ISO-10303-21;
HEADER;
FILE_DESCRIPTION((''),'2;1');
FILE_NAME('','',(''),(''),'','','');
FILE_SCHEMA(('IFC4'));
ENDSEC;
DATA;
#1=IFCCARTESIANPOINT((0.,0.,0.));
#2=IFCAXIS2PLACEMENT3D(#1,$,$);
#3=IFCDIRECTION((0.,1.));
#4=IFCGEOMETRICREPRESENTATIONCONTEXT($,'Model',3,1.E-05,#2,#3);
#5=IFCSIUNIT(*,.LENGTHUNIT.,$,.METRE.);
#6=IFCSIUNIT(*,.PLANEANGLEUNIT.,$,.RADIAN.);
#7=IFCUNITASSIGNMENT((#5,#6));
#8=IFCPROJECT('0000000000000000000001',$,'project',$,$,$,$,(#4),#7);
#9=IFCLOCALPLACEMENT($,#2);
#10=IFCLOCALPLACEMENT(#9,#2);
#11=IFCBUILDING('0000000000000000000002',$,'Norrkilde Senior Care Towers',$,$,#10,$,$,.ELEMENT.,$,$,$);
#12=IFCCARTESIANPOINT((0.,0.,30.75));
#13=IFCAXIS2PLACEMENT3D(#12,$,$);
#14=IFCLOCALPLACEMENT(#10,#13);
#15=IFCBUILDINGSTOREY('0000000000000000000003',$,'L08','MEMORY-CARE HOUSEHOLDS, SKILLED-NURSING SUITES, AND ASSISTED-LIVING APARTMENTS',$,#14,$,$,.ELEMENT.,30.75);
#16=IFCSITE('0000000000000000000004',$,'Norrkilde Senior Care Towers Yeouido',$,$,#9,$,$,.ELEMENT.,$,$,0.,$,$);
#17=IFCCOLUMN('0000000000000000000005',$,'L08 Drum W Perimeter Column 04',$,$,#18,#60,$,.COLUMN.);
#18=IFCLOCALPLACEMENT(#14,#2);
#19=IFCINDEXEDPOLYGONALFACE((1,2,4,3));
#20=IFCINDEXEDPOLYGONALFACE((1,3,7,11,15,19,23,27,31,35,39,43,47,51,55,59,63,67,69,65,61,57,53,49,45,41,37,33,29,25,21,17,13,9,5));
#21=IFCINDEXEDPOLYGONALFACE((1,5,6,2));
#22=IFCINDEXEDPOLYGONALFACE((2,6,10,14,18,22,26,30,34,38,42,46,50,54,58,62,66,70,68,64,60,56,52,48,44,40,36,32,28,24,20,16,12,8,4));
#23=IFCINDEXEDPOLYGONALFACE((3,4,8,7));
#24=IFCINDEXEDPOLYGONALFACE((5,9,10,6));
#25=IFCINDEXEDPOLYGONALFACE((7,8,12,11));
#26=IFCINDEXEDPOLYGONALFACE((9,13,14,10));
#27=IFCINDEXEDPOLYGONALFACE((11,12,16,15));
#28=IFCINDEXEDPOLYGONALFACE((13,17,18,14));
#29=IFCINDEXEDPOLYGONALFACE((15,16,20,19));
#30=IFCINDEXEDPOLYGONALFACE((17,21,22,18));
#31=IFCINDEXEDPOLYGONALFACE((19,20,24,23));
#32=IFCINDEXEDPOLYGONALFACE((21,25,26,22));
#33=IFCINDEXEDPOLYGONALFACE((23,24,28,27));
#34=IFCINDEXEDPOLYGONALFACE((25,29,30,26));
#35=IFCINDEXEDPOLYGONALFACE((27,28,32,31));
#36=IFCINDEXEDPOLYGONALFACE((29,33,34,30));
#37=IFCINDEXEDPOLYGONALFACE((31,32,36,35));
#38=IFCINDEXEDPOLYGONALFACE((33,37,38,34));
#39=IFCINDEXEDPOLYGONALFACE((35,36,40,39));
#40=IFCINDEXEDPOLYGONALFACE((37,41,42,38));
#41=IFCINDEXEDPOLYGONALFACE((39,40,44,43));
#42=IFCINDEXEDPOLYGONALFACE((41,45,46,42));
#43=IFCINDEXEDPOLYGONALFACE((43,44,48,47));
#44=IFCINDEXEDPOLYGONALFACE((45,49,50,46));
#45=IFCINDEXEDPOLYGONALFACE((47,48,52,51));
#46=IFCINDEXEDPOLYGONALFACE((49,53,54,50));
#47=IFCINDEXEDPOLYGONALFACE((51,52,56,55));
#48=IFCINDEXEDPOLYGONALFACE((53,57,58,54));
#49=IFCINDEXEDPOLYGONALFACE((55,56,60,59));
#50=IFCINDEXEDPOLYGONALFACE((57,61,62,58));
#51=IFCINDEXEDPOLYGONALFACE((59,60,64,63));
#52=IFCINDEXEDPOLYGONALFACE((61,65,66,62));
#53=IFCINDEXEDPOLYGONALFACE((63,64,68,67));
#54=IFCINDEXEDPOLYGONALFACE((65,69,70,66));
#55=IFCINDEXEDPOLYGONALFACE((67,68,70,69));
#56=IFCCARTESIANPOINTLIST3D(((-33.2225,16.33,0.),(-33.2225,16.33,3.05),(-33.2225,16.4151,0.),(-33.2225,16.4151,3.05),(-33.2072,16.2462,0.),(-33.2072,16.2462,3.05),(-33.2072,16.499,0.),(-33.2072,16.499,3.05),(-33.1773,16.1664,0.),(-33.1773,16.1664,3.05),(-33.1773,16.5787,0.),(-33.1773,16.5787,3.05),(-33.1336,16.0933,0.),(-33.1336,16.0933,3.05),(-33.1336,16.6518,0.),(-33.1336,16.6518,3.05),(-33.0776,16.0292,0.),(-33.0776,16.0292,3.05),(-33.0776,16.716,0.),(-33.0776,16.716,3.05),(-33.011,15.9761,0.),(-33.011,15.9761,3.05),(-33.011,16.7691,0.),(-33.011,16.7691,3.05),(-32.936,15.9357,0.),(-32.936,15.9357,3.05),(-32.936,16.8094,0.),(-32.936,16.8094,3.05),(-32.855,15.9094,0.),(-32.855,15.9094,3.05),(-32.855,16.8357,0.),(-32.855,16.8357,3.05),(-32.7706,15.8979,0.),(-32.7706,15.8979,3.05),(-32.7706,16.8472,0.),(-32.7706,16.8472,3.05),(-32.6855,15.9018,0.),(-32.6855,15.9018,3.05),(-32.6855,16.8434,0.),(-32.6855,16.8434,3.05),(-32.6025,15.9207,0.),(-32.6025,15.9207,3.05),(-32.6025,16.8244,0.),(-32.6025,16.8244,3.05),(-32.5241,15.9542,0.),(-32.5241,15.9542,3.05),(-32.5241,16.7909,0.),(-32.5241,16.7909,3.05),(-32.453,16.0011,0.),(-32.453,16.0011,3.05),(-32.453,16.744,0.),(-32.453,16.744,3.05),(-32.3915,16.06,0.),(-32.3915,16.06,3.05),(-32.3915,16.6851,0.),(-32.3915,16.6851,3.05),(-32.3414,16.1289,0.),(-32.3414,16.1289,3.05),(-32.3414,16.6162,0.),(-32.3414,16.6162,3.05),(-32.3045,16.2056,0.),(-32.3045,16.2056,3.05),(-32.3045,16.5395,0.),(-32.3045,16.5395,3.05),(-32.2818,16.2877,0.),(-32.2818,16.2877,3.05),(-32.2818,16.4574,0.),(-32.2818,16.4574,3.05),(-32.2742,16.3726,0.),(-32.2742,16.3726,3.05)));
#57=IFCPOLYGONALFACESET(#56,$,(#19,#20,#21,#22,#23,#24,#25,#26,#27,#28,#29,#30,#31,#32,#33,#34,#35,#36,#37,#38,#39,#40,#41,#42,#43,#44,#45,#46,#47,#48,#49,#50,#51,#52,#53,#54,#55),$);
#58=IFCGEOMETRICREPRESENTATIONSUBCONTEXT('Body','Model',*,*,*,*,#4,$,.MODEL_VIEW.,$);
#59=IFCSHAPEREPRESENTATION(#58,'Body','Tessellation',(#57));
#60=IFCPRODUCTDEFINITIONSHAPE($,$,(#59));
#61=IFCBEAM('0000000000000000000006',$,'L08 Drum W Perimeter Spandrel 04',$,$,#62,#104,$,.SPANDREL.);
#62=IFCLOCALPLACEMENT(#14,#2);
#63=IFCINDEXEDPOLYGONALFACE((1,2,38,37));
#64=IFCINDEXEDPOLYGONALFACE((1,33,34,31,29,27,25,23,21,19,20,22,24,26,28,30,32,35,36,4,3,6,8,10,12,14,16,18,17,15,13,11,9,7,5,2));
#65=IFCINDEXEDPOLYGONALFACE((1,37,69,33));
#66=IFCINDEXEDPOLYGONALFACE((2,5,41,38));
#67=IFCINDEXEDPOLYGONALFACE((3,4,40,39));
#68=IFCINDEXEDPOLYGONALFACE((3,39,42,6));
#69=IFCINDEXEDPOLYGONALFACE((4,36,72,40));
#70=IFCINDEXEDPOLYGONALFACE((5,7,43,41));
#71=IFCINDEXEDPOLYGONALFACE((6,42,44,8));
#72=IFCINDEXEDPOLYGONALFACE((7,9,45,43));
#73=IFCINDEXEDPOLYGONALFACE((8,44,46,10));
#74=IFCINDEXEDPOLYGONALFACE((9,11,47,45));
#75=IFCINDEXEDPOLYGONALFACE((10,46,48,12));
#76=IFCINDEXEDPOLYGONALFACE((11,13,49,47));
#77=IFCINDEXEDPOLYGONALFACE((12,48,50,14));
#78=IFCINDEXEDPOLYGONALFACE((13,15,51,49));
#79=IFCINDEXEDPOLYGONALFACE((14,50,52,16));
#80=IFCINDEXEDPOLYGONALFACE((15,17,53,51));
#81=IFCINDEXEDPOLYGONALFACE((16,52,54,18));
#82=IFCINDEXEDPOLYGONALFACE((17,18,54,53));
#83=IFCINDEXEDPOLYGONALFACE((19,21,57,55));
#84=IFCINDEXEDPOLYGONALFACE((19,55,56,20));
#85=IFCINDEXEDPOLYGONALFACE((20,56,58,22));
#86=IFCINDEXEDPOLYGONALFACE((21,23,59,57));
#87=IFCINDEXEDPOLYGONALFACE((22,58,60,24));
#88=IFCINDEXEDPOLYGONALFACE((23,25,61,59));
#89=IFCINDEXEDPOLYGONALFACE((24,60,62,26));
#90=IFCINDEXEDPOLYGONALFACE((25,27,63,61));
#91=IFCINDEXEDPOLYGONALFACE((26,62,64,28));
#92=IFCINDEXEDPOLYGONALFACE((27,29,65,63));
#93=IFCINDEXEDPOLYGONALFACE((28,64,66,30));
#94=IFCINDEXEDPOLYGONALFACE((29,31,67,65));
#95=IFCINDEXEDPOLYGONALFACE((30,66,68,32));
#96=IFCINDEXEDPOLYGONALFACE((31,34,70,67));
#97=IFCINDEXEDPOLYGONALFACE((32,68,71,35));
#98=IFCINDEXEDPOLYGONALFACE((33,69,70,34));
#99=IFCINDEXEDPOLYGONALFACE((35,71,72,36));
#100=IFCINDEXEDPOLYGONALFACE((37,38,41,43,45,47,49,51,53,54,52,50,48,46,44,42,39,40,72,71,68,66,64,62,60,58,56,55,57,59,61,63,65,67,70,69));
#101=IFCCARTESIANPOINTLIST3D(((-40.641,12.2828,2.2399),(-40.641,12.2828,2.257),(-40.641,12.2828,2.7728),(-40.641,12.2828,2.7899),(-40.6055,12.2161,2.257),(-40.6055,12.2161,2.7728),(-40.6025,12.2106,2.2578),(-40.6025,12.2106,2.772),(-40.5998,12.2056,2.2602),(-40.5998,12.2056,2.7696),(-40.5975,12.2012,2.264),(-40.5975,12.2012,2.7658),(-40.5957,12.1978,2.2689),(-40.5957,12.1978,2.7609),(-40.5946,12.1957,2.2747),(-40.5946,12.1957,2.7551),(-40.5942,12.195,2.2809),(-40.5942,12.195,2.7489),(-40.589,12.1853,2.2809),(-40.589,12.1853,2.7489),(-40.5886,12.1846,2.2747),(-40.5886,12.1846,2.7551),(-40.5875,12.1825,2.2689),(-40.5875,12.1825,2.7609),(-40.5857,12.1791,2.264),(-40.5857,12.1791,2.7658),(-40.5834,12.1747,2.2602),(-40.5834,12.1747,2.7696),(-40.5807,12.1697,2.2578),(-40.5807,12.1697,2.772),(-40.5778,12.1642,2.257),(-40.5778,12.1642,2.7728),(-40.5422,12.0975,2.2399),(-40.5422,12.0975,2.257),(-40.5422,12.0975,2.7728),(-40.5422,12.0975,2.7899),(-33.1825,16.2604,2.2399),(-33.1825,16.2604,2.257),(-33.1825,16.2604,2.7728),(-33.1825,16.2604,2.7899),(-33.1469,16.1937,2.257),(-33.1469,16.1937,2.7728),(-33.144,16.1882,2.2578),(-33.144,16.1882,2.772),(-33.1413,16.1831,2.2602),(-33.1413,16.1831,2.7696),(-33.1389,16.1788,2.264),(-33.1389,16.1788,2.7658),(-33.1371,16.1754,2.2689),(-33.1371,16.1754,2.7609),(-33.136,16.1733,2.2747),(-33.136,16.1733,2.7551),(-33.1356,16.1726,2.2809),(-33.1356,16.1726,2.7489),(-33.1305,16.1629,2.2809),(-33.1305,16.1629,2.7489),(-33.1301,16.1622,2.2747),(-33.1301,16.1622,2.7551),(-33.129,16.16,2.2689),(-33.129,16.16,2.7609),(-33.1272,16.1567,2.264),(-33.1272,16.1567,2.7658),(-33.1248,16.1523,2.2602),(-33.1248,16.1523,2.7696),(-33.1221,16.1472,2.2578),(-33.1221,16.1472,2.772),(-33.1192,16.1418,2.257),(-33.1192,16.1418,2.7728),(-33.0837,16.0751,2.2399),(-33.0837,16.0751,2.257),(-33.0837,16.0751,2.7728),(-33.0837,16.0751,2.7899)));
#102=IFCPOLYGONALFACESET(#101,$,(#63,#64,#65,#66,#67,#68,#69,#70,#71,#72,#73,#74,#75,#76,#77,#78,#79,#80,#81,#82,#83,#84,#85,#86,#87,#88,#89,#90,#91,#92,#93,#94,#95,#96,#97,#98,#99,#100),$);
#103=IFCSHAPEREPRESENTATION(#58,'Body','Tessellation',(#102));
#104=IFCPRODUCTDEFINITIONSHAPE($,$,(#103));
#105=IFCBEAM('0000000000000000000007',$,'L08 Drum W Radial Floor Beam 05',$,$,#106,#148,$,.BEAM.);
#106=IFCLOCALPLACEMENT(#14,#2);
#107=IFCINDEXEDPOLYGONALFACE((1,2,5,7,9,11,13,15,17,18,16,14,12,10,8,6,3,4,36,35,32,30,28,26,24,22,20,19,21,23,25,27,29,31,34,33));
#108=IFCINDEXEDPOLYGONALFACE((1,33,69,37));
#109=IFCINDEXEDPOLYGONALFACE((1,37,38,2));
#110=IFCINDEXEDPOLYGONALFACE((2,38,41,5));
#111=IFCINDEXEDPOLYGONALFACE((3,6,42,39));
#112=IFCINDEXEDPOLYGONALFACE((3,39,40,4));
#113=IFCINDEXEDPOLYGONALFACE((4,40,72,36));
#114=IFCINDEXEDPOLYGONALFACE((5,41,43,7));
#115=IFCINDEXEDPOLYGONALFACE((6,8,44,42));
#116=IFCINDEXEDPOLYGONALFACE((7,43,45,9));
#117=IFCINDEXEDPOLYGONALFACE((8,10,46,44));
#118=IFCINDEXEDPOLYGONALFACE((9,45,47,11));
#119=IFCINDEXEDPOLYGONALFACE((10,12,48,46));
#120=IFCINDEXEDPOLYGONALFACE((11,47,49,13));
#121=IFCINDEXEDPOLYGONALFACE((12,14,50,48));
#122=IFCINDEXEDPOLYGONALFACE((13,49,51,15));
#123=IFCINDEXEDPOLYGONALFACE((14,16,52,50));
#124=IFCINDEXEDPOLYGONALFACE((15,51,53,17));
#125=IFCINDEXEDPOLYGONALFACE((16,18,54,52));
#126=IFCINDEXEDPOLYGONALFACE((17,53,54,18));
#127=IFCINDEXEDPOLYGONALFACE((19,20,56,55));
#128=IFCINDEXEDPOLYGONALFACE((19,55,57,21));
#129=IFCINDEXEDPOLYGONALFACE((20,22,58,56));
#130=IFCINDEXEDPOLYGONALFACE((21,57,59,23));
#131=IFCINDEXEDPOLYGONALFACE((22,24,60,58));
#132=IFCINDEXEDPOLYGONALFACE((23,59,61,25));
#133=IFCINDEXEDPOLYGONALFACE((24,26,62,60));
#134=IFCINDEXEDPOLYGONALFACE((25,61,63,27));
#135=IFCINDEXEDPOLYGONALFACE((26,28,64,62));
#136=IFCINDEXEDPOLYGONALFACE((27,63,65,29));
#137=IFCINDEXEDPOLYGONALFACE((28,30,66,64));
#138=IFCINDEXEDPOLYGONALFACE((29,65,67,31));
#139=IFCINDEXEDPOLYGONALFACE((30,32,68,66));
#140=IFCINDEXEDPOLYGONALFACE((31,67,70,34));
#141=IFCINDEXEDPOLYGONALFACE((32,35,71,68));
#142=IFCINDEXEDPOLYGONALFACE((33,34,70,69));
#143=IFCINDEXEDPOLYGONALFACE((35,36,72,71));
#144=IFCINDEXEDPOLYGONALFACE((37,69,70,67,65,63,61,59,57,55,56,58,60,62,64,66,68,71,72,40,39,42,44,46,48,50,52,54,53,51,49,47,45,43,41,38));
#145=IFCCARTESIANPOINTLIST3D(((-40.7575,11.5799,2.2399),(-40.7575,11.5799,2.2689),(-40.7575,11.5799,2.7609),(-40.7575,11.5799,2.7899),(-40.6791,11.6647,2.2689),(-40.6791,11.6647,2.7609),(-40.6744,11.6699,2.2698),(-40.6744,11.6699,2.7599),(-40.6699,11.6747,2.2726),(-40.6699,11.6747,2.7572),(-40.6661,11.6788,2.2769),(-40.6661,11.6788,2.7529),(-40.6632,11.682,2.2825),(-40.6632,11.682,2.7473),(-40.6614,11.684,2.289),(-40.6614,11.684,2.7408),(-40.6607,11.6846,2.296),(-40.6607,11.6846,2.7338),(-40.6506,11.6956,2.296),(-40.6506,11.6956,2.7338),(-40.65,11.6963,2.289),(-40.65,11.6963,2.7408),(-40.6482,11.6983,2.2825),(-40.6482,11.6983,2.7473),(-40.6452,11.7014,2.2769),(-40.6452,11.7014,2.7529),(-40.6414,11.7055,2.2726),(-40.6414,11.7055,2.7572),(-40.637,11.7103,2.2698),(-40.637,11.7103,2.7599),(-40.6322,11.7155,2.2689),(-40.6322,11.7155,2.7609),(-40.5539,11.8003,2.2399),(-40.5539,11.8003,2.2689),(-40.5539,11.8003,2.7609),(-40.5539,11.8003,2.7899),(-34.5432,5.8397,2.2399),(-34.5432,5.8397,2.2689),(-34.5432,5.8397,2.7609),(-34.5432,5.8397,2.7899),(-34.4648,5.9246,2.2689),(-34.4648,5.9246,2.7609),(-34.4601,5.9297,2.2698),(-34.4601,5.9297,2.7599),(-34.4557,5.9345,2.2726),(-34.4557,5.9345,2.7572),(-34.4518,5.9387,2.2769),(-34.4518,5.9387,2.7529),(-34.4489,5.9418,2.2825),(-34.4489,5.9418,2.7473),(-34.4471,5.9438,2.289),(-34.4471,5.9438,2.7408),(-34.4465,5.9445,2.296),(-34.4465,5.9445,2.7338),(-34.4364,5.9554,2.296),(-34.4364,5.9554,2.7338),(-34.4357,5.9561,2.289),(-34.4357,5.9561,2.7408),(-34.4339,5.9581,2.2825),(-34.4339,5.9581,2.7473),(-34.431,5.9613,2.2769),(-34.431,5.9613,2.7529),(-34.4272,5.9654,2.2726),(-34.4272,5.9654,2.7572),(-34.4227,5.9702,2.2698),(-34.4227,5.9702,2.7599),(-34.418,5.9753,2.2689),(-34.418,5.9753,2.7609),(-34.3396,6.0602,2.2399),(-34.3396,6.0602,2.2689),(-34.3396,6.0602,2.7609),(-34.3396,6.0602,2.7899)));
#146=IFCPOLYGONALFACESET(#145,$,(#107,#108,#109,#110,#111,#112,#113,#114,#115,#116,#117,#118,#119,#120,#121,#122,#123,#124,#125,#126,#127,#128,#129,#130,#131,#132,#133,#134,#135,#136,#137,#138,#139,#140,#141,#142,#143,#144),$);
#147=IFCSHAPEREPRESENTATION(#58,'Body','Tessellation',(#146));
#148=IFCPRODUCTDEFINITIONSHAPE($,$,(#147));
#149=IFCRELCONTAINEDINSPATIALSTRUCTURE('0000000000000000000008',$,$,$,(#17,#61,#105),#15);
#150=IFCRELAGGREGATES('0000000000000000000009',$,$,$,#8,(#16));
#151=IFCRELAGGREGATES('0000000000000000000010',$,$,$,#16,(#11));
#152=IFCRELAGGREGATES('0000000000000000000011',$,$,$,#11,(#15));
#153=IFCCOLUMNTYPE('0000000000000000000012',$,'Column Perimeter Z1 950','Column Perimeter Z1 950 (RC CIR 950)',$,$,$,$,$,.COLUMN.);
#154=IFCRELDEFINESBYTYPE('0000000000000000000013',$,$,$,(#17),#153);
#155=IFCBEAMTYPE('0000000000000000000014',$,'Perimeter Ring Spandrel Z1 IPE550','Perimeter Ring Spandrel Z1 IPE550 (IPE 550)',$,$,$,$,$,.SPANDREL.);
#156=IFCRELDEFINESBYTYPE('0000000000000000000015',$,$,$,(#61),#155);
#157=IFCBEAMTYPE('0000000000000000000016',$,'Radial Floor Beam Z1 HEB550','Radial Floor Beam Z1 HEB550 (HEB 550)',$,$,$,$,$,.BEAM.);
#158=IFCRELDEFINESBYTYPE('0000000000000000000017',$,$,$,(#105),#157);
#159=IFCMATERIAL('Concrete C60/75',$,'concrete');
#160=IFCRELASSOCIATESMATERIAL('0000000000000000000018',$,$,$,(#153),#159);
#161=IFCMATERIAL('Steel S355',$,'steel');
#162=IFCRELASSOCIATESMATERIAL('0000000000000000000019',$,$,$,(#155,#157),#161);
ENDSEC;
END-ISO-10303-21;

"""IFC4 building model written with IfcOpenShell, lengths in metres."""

from ifc_helpers import new_model, si_unit, direction, frame, origin, origin_2d, place, context, subcontext, project, spatial, circle, i_section, extrude, source, transform, mapped, material, material_profile, profile_set, type_object, type_shapes, element, save


model = new_model("IFC4")

# Units and contexts
model_context = context("Model", 3, precision=1e-05, world=origin(), true_north=direction((0.0, 1.0)))
body_context = subcontext(model_context, "Body", "Model", "MODEL_VIEW")
ifc_project = project(units=[si_unit("LENGTHUNIT", "METRE"), si_unit("PLANEANGLEUNIT", "RADIAN")], contexts=[model_context])

# Site, building, storey
site_placement = place(None, origin())
site = spatial("IfcSite", under=ifc_project, at=site_placement, Name="Norrkilde Senior Care Towers Yeouido", CompositionType="ELEMENT", RefElevation=0.0)
building_placement = place(site_placement, origin())
building = spatial("IfcBuilding", under=site, at=building_placement, Name="Norrkilde Senior Care Towers", CompositionType="ELEMENT")
storey_placement = place(building_placement, frame((0.0, 0.0, 30.75)))
storey = spatial("IfcBuildingStorey", under=building, at=storey_placement, Name="L08", Description="MEMORY-CARE HOUSEHOLDS, SKILLED-NURSING SUITES, AND ASSISTED-LIVING APARTMENTS", CompositionType="ELEMENT", Elevation=30.75)

# Column
ifc_material_1 = material(Name="Concrete C60/75", Category="concrete")
ifc_material_profile_1 = material_profile(ifc_material_1, circle(Radius=0.4751, at=origin_2d()), Name="RC CIR 950")
ifc_profile_set_1 = profile_set([ifc_material_profile_1], Name="Concrete C60/75")
column_type = type_object("IfcColumnType", Name="Column Perimeter Z1 950", Description="Column Perimeter Z1 950 (RC CIR 950)", PredefinedType="COLUMN", material=ifc_profile_set_1)
shared_shape_1 = source(origin(), body_context, "Body", "SweptSolid", [
    extrude(circle(Radius=0.4751, at=origin_2d()), origin(), (0.0, 0.0, 1.0), 3.05),
])
type_shapes(column_type, [shared_shape_1])
column_placement = place(storey_placement, frame((-32.7493, 16.3726, 0.0), z_axis=(0.0, 0.0, 1.0), x_axis=(1.0, 0.0, 0.0)))
element("IfcColumn", 1, at=column_placement, inside=storey, type_object=column_type, Name="L08 Drum W Perimeter Column 04", PredefinedType="COLUMN", context=body_context, shape_type="MappedRepresentation", body=[
    mapped(shared_shape_1, transform((0.0, 0.0, 0.0), x_axis=(1.0, 0.0, 0.0), y_axis=(0.0, 1.0, 0.0), z_axis=(0.0, 0.0, 1.0), scale=1.0)),
])

# Beams
ifc_material_2 = material(Name="Steel S355", Category="steel")
ifc_material_profile_2 = material_profile(ifc_material_2, i_section(OverallWidth=0.21, OverallDepth=0.55, WebThickness=0.011, FlangeThickness=0.0171, FilletRadius=0.0239, at=origin_2d()), Name="IPE 550")
ifc_profile_set_2 = profile_set([ifc_material_profile_2], Name="Steel S355")
beam_type_1 = type_object("IfcBeamType", Name="Perimeter Ring Spandrel Z1 IPE550", Description="Perimeter Ring Spandrel Z1 IPE550 (IPE 550)", PredefinedType="SPANDREL", material=ifc_profile_set_2)
shared_shape_2 = source(origin(), body_context, "Body", "SweptSolid", [
    extrude(i_section(OverallWidth=0.21, OverallDepth=0.55, WebThickness=0.011, FlangeThickness=0.0171, FilletRadius=0.0239, at=origin_2d()), origin(), (0.0, 0.0, 1.0), 8.4529),
])
type_shapes(beam_type_1, [shared_shape_2])
beam_1_placement = place(storey_placement, frame((-33.1331, 16.1677, 2.5149), z_axis=(-0.882369, -0.470558, 0.0), x_axis=(0.470558, -0.882369, 0.0)))
element("IfcBeam", 2, at=beam_1_placement, inside=storey, type_object=beam_type_1, Name="L08 Drum W Perimeter Spandrel 04", PredefinedType="SPANDREL", context=body_context, shape_type="MappedRepresentation", body=[
    mapped(shared_shape_2, transform((0.0, 0.0, 0.0), x_axis=(1.0, 0.0, 0.0), y_axis=(0.0, 1.0, 0.0), z_axis=(0.0, 0.0, 1.0), scale=1.0)),
])
ifc_material_profile_3 = material_profile(ifc_material_2, i_section(OverallWidth=0.3, OverallDepth=0.55, WebThickness=0.0149, FlangeThickness=0.0291, FilletRadius=0.0271, at=origin_2d()), Name="HEB 550")
ifc_profile_set_3 = profile_set([ifc_material_profile_3], Name="Steel S355")
beam_type_2 = type_object("IfcBeamType", Name="Radial Floor Beam Z1 HEB550", Description="Radial Floor Beam Z1 HEB550 (HEB 550)", PredefinedType="BEAM", material=ifc_profile_set_3)
shared_shape_3 = source(origin(), body_context, "Body", "SweptSolid", [
    extrude(i_section(OverallWidth=0.3, OverallDepth=0.55, WebThickness=0.0149, FlangeThickness=0.0291, FilletRadius=0.0271, at=origin_2d()), origin(), (0.0, 0.0, 1.0), 8.4597),
])
beam_2_placement = place(storey_placement, frame((-34.4414, 5.95, 2.5149), z_axis=(-0.734573, 0.678529, 0.0), x_axis=(-0.678529, -0.734573, 0.0)))
element("IfcBeam", 3, at=beam_2_placement, inside=storey, type_object=beam_type_2, Name="L08 Drum W Radial Floor Beam 05", PredefinedType="BEAM", context=body_context, shape_type="MappedRepresentation", body=[
    mapped(shared_shape_3, transform((0.0, 0.0, 0.0), x_axis=(1.0, 0.0, 0.0), y_axis=(0.0, 1.0, 0.0), z_axis=(0.0, 0.0, 1.0), scale=1.0)),
])

save(model, "model.ifc")
